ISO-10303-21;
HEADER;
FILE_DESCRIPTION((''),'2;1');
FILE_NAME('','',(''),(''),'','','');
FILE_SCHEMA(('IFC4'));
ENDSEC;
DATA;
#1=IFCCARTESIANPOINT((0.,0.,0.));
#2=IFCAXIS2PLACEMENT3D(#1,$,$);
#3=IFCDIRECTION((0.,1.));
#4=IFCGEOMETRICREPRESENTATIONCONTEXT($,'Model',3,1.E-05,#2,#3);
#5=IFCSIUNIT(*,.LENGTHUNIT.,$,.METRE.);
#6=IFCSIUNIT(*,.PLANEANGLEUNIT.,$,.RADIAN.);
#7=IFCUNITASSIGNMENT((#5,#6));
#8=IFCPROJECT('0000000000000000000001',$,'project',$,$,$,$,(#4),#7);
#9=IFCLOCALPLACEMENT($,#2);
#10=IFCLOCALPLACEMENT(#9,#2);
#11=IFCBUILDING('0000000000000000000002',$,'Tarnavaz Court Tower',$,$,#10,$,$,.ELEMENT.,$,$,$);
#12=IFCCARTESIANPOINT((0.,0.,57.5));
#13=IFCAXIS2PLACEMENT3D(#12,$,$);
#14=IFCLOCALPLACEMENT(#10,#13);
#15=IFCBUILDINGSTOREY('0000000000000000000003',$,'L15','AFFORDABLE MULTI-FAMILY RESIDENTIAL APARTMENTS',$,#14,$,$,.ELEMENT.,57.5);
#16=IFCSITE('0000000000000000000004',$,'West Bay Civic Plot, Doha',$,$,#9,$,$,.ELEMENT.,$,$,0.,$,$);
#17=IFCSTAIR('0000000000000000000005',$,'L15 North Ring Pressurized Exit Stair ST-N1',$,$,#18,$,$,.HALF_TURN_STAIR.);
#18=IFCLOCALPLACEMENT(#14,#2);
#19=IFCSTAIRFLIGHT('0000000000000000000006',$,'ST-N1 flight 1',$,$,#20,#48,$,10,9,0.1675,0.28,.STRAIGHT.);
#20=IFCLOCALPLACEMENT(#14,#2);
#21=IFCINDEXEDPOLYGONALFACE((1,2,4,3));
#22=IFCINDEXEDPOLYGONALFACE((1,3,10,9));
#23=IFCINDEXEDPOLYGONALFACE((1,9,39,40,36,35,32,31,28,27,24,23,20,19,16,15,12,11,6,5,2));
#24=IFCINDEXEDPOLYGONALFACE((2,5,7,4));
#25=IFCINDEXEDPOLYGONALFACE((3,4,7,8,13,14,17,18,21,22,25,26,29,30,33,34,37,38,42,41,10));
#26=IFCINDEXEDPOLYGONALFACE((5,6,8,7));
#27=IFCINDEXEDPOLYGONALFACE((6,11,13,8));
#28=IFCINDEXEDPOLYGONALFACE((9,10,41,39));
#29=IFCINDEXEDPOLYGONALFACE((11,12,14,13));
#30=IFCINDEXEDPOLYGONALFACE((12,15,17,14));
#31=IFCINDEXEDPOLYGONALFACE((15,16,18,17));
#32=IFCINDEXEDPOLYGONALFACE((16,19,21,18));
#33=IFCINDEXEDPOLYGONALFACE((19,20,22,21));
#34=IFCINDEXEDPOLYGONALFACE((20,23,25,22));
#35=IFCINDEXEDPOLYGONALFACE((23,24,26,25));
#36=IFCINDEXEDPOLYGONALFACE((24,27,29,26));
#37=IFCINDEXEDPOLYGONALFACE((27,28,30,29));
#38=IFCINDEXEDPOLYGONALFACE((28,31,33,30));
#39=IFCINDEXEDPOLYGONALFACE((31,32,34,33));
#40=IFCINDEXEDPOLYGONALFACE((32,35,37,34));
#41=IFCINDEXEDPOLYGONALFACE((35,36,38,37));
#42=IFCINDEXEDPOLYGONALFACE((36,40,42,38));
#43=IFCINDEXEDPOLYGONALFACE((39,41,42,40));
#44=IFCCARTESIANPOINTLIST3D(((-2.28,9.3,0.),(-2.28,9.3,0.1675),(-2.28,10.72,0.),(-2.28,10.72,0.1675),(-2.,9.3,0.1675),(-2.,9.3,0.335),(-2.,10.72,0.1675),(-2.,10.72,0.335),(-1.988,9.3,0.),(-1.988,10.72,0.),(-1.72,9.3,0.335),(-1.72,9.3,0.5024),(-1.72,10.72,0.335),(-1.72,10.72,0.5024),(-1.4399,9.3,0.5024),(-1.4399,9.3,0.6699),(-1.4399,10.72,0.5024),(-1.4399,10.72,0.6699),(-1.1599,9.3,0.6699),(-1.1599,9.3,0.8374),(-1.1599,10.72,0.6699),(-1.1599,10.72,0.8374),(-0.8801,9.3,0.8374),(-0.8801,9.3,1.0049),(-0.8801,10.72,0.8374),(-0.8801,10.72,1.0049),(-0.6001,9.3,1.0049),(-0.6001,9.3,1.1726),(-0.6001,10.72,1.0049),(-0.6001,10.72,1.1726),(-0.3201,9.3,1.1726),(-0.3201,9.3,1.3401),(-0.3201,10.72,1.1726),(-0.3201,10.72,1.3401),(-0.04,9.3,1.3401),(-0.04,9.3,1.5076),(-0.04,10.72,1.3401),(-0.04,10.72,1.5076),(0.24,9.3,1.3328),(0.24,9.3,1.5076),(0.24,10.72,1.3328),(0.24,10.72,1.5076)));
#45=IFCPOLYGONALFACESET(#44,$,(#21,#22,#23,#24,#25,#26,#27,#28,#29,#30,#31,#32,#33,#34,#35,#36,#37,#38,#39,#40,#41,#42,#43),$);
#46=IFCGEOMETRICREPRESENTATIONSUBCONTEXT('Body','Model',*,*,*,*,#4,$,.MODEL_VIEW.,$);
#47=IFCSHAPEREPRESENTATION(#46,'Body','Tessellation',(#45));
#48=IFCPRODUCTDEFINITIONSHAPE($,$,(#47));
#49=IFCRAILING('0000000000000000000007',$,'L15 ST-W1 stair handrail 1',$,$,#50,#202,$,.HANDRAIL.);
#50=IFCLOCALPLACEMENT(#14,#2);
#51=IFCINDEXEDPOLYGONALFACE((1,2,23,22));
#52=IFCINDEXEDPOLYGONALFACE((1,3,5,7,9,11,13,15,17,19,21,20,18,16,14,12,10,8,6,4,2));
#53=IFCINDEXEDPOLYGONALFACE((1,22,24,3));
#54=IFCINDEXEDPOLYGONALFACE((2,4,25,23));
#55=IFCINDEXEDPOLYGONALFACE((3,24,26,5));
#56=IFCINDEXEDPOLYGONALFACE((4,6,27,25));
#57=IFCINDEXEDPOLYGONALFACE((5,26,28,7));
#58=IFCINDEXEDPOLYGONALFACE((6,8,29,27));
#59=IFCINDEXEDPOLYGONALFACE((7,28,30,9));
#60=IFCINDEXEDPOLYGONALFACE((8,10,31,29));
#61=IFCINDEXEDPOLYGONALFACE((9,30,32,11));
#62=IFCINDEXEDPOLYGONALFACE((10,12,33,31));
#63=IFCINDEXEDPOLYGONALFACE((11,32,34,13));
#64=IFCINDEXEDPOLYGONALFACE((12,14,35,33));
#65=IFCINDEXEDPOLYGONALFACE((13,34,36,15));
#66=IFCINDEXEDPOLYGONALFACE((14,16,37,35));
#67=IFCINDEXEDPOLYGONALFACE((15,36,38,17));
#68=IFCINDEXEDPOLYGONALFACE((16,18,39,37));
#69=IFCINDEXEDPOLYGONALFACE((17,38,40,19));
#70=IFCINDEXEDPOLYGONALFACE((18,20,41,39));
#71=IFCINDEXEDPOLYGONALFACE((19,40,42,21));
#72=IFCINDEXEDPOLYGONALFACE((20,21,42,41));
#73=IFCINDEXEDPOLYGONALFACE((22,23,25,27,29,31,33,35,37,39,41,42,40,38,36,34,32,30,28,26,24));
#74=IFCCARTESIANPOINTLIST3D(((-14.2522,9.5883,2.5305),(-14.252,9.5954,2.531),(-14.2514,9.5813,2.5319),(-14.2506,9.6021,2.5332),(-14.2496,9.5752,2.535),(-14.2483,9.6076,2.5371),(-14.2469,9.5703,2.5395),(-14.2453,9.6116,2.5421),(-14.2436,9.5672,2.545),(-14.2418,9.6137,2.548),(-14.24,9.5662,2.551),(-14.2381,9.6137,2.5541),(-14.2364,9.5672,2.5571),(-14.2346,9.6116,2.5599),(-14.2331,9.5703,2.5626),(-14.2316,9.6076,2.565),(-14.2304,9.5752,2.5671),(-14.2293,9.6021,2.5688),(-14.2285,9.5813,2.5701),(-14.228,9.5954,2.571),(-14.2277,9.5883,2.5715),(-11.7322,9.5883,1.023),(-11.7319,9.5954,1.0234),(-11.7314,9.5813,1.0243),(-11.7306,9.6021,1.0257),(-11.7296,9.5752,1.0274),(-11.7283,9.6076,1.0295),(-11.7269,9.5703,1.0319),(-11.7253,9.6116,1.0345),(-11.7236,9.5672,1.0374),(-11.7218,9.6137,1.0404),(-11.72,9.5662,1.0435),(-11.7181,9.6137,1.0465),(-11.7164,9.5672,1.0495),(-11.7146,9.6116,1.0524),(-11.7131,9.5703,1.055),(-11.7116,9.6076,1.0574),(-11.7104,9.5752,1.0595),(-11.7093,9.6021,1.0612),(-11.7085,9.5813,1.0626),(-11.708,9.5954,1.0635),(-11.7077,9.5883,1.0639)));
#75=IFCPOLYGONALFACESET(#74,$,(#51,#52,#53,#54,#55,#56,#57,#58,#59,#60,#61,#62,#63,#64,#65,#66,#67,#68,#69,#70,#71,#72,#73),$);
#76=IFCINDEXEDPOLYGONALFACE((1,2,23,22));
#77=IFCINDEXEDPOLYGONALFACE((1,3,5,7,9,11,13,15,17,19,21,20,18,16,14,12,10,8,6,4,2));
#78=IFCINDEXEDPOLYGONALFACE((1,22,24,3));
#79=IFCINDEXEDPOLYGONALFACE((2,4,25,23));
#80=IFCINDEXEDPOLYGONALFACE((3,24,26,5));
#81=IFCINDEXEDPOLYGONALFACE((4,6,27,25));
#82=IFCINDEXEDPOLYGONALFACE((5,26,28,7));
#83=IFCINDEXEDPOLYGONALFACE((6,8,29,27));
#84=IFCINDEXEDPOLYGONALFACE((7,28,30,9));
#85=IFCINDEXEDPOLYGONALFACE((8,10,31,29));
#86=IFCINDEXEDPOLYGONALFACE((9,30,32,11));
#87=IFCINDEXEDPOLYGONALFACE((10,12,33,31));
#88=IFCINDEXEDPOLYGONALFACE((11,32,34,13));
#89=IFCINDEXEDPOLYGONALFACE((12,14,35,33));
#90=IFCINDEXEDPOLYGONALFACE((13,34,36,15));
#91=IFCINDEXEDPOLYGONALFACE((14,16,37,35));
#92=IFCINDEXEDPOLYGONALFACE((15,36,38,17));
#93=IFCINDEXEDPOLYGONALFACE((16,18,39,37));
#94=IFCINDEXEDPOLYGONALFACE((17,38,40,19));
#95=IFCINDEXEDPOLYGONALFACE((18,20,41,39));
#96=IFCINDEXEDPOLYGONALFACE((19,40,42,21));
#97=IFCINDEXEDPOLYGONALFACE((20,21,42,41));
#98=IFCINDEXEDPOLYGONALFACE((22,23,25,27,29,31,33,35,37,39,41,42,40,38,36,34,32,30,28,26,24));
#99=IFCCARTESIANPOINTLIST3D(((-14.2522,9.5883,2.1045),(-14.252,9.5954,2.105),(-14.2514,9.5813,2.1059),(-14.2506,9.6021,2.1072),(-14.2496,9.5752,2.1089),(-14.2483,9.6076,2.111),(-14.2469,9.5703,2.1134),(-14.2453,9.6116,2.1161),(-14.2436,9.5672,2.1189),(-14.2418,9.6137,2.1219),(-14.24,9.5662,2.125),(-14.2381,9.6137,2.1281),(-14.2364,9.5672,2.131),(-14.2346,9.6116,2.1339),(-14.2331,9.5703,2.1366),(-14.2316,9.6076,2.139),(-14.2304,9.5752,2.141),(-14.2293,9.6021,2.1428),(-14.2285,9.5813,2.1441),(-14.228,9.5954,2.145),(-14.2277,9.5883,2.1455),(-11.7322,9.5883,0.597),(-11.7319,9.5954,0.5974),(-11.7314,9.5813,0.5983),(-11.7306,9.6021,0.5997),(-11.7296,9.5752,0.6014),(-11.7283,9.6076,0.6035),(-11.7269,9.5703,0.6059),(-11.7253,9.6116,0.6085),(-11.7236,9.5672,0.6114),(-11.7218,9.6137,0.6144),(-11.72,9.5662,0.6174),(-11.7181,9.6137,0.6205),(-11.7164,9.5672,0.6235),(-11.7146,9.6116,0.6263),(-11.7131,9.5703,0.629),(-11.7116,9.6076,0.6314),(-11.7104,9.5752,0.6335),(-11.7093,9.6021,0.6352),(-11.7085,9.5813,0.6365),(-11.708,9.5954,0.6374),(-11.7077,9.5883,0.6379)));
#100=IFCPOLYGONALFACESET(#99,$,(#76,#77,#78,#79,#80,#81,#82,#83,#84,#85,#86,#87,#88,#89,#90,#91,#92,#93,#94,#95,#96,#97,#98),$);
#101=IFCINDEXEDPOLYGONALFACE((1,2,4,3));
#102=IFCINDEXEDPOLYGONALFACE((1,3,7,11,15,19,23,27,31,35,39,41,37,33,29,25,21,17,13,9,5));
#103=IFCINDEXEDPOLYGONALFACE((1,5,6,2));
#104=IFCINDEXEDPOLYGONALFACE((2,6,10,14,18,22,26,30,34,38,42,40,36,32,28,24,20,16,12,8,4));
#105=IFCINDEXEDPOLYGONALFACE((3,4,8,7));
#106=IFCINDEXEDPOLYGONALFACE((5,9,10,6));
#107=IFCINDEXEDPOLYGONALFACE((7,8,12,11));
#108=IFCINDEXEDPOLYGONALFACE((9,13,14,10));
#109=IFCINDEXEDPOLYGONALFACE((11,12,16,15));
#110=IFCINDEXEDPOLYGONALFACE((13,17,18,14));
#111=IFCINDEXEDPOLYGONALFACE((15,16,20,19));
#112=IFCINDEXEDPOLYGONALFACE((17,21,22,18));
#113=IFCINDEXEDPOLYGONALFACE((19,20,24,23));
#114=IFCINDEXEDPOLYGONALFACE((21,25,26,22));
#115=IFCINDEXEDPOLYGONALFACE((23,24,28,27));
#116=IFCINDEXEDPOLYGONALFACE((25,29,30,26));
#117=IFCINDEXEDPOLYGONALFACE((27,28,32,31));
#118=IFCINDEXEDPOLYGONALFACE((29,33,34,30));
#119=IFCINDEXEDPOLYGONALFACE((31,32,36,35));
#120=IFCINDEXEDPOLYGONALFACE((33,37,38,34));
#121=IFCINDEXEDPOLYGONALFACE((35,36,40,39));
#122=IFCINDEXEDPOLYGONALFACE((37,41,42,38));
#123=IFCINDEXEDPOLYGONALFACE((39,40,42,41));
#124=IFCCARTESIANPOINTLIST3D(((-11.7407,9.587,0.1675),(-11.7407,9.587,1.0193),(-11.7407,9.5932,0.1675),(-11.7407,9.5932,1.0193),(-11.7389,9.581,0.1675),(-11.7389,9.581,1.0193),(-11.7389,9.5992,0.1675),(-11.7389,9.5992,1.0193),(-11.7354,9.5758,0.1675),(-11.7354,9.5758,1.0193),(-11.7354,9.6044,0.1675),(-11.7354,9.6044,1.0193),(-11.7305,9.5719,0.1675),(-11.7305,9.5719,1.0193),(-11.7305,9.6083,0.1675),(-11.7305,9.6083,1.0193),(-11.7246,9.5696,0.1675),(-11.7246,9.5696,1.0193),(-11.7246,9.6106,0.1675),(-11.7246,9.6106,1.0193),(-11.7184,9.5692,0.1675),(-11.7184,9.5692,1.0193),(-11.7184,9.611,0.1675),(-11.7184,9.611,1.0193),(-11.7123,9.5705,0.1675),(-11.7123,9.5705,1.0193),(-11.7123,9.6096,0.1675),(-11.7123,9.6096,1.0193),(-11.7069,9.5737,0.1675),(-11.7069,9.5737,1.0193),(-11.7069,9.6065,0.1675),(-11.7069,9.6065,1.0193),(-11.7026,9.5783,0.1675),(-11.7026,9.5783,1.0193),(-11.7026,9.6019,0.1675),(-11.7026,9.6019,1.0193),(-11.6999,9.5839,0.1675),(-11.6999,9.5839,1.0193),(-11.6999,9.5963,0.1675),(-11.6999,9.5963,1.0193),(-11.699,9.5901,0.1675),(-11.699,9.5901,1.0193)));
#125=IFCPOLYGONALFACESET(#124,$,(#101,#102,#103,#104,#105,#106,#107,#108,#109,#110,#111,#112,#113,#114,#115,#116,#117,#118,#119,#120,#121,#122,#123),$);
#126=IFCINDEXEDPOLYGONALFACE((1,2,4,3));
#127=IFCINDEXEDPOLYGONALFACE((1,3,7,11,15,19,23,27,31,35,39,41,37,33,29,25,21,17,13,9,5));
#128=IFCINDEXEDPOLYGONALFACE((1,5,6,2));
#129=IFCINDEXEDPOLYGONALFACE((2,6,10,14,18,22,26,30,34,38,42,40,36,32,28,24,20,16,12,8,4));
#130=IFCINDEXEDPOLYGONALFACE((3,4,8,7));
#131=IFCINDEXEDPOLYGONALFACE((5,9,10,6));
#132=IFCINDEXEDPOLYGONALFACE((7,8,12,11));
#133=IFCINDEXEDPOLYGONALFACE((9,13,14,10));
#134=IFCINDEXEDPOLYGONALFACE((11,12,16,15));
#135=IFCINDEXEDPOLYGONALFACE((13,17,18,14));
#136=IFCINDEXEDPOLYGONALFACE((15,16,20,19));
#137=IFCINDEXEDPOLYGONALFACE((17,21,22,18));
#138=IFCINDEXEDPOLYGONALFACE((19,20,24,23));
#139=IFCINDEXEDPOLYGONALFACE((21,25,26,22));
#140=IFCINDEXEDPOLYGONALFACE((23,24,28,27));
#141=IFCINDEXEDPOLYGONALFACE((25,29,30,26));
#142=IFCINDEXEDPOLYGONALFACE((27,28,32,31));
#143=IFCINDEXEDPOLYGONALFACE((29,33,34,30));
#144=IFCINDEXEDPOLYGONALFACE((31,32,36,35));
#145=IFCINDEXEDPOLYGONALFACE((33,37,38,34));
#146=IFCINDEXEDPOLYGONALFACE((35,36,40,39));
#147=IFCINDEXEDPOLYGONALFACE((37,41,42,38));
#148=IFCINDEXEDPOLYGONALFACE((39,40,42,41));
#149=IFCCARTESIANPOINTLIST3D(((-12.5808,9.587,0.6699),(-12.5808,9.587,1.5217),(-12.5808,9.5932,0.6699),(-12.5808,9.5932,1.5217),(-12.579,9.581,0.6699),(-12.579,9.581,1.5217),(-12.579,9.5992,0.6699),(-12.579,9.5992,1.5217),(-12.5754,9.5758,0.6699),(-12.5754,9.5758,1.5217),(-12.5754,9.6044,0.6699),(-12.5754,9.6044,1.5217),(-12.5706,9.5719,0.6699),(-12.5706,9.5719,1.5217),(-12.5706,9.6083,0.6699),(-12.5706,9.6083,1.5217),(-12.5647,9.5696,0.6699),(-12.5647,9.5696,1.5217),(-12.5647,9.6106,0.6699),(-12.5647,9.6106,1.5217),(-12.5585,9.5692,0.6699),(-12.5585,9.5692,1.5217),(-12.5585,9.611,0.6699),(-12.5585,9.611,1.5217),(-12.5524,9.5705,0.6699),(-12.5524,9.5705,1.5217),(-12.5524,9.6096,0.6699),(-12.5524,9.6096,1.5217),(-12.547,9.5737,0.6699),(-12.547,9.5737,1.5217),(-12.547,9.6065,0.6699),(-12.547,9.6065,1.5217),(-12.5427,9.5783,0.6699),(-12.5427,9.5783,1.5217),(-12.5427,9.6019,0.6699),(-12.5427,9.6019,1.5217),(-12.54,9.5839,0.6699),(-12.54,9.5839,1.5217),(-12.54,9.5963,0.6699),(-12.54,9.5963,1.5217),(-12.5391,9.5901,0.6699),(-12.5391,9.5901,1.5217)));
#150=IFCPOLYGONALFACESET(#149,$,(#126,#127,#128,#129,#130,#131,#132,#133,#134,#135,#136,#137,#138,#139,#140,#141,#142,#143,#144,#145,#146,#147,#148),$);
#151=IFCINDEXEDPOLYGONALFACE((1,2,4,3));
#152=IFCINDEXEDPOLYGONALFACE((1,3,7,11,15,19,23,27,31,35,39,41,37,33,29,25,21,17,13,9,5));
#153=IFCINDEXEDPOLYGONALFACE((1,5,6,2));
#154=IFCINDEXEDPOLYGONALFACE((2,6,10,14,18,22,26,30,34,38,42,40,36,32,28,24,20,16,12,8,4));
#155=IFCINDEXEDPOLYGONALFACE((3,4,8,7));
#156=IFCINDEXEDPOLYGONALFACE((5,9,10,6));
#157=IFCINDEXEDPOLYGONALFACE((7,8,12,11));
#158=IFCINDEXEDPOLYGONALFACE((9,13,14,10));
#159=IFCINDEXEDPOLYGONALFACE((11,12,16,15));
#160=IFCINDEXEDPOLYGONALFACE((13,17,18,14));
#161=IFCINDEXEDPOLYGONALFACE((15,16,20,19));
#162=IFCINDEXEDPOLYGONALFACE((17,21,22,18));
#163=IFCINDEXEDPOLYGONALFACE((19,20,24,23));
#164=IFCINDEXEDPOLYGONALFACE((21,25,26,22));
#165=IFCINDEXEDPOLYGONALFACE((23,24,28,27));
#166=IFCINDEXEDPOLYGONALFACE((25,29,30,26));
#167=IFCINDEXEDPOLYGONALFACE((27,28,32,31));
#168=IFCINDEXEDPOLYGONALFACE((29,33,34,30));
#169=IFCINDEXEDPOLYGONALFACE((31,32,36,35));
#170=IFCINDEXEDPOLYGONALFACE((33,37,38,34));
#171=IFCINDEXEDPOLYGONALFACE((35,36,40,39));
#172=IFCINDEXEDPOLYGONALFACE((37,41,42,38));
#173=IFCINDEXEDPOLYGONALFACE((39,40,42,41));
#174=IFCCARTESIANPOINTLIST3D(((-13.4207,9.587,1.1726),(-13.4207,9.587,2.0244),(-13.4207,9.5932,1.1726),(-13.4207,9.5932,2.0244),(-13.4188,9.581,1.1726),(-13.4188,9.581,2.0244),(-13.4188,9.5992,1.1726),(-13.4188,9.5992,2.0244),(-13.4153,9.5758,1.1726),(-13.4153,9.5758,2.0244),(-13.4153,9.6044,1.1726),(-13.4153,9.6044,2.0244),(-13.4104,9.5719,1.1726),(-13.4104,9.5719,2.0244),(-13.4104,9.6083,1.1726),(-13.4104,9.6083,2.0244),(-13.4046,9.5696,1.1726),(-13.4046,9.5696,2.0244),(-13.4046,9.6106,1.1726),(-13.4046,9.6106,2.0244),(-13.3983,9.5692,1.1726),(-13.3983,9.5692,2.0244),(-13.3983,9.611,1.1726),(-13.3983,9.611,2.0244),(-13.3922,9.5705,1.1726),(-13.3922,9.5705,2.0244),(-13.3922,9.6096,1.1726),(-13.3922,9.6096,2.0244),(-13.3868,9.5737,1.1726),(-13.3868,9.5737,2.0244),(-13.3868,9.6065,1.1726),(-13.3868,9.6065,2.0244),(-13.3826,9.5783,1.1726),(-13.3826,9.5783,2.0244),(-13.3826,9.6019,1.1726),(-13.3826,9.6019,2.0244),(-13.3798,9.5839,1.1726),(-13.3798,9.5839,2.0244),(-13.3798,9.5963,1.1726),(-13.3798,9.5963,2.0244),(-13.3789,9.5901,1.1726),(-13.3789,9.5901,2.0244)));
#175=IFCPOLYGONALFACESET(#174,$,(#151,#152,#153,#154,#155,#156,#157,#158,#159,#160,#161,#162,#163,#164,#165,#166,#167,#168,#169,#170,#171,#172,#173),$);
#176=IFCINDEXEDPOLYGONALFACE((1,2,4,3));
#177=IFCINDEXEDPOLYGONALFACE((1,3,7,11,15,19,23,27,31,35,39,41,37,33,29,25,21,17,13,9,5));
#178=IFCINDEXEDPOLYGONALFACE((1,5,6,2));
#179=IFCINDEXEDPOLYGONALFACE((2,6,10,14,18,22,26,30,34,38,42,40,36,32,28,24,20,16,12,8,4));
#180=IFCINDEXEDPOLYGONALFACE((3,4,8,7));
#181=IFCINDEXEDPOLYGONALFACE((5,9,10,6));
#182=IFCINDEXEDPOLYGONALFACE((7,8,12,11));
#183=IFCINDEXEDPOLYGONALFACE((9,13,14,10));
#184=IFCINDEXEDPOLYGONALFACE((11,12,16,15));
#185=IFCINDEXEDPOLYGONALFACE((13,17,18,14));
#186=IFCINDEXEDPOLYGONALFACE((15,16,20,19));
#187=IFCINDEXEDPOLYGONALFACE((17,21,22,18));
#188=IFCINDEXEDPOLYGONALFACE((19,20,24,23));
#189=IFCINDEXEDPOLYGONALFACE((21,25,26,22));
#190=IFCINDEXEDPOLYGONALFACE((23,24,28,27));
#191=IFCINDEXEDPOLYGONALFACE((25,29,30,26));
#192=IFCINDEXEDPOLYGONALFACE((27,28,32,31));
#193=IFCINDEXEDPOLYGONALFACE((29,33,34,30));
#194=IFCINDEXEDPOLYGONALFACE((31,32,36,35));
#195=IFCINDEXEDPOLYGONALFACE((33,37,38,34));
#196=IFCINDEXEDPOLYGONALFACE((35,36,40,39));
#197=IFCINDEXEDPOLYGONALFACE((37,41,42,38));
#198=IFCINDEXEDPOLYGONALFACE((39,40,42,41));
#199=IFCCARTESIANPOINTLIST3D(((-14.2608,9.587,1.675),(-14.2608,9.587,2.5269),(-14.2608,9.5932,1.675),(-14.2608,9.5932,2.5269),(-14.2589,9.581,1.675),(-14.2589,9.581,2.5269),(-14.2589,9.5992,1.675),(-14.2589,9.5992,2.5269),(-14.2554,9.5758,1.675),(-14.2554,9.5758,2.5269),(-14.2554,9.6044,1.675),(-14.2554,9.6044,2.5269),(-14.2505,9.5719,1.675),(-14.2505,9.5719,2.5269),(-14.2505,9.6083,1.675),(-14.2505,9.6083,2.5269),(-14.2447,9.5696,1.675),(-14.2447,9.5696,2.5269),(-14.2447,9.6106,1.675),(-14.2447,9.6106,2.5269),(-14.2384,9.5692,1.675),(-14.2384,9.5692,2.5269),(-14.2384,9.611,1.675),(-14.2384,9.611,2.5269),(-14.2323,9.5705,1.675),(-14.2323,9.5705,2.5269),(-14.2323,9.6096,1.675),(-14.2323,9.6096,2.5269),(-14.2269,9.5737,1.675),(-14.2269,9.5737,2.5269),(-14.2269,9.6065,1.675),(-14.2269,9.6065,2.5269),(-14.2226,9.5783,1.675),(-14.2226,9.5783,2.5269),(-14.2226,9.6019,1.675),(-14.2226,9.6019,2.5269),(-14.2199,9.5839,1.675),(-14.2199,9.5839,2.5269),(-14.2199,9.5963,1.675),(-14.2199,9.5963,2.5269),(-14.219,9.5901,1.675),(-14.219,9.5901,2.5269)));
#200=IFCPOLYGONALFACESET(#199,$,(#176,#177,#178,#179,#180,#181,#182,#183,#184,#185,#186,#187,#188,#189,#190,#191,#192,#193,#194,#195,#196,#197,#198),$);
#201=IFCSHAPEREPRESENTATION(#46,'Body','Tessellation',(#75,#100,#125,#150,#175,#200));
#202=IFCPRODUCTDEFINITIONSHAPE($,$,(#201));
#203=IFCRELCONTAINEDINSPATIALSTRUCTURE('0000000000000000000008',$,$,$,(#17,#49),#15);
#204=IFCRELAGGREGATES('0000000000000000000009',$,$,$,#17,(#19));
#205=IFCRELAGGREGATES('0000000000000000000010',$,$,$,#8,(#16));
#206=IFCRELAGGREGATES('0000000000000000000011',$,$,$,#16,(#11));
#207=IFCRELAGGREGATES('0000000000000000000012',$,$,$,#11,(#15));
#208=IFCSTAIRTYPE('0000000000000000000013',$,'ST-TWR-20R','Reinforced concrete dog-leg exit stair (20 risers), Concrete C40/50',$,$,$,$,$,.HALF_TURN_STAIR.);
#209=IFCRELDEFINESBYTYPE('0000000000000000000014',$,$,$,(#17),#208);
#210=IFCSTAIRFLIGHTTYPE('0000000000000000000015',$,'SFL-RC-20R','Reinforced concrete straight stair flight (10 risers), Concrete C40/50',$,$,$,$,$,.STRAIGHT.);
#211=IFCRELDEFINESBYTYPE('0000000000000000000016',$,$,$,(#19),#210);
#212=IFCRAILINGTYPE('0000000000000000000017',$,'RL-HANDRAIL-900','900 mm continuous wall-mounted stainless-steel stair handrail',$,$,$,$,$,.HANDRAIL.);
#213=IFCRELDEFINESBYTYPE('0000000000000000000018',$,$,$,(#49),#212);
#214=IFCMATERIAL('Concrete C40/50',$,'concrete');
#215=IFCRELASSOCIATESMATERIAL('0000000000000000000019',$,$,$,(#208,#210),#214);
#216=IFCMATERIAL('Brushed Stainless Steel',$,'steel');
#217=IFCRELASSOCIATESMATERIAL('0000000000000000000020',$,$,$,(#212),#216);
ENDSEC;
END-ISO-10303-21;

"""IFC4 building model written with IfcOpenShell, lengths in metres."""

from ifc_helpers import new_model, si_unit, direction, frame, origin, origin_2d, place, context, subcontext, project, spatial, polyline, circle, outline, extrude, material, type_object, element, aggregate, save


model = new_model("IFC4")

# Units and contexts
model_context = context("Model", 3, precision=1e-05, world=origin(), true_north=direction((0.0, 1.0)))
body_context = subcontext(model_context, "Body", "Model", "MODEL_VIEW")
ifc_project = project(units=[si_unit("LENGTHUNIT", "METRE"), si_unit("PLANEANGLEUNIT", "RADIAN")], contexts=[model_context])

# Site, building, storey
site_placement = place(None, origin())
site = spatial("IfcSite", under=ifc_project, at=site_placement, Name="West Bay Civic Plot, Doha", CompositionType="ELEMENT", RefElevation=0.0)
building_placement = place(site_placement, origin())
building = spatial("IfcBuilding", under=site, at=building_placement, Name="Tarnavaz Court Tower", CompositionType="ELEMENT")
storey_placement = place(building_placement, frame((0.0, 0.0, 57.5)))
storey = spatial("IfcBuildingStorey", under=building, at=storey_placement, Name="L15", Description="AFFORDABLE MULTI-FAMILY RESIDENTIAL APARTMENTS", CompositionType="ELEMENT", Elevation=57.5)

# Stair, stair flight
ifc_material_1 = material(Name="Concrete C40/50", Category="concrete")
stair_type = type_object("IfcStairType", Name="ST-TWR-20R", Description="Reinforced concrete dog-leg exit stair (20 risers), Concrete C40/50", PredefinedType="HALF_TURN_STAIR", material=ifc_material_1)
stair_flight_type = type_object("IfcStairFlightType", Name="SFL-RC-20R", Description="Reinforced concrete straight stair flight (10 risers), Concrete C40/50", PredefinedType="STRAIGHT", material=ifc_material_1)
stair_1_placement = place(storey_placement, origin())
stair_1 = element("IfcStair", 1, at=stair_1_placement, inside=storey, type_object=stair_type, Name="L15 North Ring Pressurized Exit Stair ST-N1", PredefinedType="HALF_TURN_STAIR")
stair_flight_1_placement = place(storey_placement, frame((-2.28, 10.01, 0.0), z_axis=(0.0, 0.0, 1.0), x_axis=(1.0, 0.0, 0.0)))
stair_flight_1 = element("IfcStairFlight", 2, at=stair_flight_1_placement, type_object=stair_flight_type, Name="ST-N1 flight 1", NumberOfRisers=10, NumberOfTreads=9, PredefinedType="STRAIGHT", RiserHeight=0.1675, TreadLength=0.28, context=body_context, shape_type="SweptSolid", body=[
    extrude(outline(polyline([(0.0, 0.0), (0.0, 0.1675), (0.28, 0.1675), (0.28, 0.335), (0.5601, 0.335), (0.5601, 0.5024), (0.8401, 0.5024), (0.8401, 0.6699), (1.1201, 0.6699), (1.1201, 0.8374), (1.3999, 0.8374), (1.3999, 1.0049), (1.6799, 1.0049), (1.6799, 1.1726), (1.96, 1.1726), (1.96, 1.3401), (2.24, 1.3401), (2.24, 1.5076), (2.52, 1.5076), (2.52, 1.675), (2.52, 1.3328), (0.292, 0.0), (0.0, 0.0)])), frame((0.0, 0.71, 0.0), z_axis=(0.0, -1.0, 0.0), x_axis=(1.0, 0.0, 0.0)), (0.0, 0.0, 1.0), 1.4199),
])
aggregate(stair_1, [stair_flight_1])

# Railing
ifc_material_2 = material(Name="Brushed Stainless Steel", Category="steel")
railing_type_1 = type_object("IfcRailingType", Name="RL-HANDRAIL-900", Description="900 mm continuous wall-mounted stainless-steel stair handrail", PredefinedType="HANDRAIL", material=ifc_material_2)
railing_1_placement = place(storey_placement, frame((-11.72, 9.5901, 0.1675)))
element("IfcRailing", 3, at=railing_1_placement, inside=storey, type_object=railing_type_1, Name="L15 ST-W1 stair handrail 1", PredefinedType="HANDRAIL", context=body_context, shape_type="SweptSolid", body=[
    extrude(circle(Radius=0.0239, at=origin_2d()), frame((0.0, 0.0, 0.876), z_axis=(-0.85816, 0.0, 0.513383), x_axis=(0.0, -1.0, 0.0)), (0.0, 0.0, 1.0), 2.9365),
    extrude(circle(Radius=0.0239, at=origin_2d()), frame((0.0, 0.0, 0.45), z_axis=(-0.85816, 0.0, 0.513383), x_axis=(0.0, -1.0, 0.0)), (0.0, 0.0, 1.0), 2.9365),
    extrude(circle(Radius=0.021, at=origin_2d()), origin(), (0.0, 0.0, 1.0), 0.8518),
    extrude(circle(Radius=0.021, at=origin_2d()), frame((-0.8401, 0.0, 0.5024)), (0.0, 0.0, 1.0), 0.8518),
    extrude(circle(Radius=0.021, at=origin_2d()), frame((-1.6799, 0.0, 1.0051)), (0.0, 0.0, 1.0), 0.8518),
    extrude(circle(Radius=0.021, at=origin_2d()), frame((-2.52, 0.0, 1.5076)), (0.0, 0.0, 1.0), 0.8518),
])

save(model, "model.ifc")
